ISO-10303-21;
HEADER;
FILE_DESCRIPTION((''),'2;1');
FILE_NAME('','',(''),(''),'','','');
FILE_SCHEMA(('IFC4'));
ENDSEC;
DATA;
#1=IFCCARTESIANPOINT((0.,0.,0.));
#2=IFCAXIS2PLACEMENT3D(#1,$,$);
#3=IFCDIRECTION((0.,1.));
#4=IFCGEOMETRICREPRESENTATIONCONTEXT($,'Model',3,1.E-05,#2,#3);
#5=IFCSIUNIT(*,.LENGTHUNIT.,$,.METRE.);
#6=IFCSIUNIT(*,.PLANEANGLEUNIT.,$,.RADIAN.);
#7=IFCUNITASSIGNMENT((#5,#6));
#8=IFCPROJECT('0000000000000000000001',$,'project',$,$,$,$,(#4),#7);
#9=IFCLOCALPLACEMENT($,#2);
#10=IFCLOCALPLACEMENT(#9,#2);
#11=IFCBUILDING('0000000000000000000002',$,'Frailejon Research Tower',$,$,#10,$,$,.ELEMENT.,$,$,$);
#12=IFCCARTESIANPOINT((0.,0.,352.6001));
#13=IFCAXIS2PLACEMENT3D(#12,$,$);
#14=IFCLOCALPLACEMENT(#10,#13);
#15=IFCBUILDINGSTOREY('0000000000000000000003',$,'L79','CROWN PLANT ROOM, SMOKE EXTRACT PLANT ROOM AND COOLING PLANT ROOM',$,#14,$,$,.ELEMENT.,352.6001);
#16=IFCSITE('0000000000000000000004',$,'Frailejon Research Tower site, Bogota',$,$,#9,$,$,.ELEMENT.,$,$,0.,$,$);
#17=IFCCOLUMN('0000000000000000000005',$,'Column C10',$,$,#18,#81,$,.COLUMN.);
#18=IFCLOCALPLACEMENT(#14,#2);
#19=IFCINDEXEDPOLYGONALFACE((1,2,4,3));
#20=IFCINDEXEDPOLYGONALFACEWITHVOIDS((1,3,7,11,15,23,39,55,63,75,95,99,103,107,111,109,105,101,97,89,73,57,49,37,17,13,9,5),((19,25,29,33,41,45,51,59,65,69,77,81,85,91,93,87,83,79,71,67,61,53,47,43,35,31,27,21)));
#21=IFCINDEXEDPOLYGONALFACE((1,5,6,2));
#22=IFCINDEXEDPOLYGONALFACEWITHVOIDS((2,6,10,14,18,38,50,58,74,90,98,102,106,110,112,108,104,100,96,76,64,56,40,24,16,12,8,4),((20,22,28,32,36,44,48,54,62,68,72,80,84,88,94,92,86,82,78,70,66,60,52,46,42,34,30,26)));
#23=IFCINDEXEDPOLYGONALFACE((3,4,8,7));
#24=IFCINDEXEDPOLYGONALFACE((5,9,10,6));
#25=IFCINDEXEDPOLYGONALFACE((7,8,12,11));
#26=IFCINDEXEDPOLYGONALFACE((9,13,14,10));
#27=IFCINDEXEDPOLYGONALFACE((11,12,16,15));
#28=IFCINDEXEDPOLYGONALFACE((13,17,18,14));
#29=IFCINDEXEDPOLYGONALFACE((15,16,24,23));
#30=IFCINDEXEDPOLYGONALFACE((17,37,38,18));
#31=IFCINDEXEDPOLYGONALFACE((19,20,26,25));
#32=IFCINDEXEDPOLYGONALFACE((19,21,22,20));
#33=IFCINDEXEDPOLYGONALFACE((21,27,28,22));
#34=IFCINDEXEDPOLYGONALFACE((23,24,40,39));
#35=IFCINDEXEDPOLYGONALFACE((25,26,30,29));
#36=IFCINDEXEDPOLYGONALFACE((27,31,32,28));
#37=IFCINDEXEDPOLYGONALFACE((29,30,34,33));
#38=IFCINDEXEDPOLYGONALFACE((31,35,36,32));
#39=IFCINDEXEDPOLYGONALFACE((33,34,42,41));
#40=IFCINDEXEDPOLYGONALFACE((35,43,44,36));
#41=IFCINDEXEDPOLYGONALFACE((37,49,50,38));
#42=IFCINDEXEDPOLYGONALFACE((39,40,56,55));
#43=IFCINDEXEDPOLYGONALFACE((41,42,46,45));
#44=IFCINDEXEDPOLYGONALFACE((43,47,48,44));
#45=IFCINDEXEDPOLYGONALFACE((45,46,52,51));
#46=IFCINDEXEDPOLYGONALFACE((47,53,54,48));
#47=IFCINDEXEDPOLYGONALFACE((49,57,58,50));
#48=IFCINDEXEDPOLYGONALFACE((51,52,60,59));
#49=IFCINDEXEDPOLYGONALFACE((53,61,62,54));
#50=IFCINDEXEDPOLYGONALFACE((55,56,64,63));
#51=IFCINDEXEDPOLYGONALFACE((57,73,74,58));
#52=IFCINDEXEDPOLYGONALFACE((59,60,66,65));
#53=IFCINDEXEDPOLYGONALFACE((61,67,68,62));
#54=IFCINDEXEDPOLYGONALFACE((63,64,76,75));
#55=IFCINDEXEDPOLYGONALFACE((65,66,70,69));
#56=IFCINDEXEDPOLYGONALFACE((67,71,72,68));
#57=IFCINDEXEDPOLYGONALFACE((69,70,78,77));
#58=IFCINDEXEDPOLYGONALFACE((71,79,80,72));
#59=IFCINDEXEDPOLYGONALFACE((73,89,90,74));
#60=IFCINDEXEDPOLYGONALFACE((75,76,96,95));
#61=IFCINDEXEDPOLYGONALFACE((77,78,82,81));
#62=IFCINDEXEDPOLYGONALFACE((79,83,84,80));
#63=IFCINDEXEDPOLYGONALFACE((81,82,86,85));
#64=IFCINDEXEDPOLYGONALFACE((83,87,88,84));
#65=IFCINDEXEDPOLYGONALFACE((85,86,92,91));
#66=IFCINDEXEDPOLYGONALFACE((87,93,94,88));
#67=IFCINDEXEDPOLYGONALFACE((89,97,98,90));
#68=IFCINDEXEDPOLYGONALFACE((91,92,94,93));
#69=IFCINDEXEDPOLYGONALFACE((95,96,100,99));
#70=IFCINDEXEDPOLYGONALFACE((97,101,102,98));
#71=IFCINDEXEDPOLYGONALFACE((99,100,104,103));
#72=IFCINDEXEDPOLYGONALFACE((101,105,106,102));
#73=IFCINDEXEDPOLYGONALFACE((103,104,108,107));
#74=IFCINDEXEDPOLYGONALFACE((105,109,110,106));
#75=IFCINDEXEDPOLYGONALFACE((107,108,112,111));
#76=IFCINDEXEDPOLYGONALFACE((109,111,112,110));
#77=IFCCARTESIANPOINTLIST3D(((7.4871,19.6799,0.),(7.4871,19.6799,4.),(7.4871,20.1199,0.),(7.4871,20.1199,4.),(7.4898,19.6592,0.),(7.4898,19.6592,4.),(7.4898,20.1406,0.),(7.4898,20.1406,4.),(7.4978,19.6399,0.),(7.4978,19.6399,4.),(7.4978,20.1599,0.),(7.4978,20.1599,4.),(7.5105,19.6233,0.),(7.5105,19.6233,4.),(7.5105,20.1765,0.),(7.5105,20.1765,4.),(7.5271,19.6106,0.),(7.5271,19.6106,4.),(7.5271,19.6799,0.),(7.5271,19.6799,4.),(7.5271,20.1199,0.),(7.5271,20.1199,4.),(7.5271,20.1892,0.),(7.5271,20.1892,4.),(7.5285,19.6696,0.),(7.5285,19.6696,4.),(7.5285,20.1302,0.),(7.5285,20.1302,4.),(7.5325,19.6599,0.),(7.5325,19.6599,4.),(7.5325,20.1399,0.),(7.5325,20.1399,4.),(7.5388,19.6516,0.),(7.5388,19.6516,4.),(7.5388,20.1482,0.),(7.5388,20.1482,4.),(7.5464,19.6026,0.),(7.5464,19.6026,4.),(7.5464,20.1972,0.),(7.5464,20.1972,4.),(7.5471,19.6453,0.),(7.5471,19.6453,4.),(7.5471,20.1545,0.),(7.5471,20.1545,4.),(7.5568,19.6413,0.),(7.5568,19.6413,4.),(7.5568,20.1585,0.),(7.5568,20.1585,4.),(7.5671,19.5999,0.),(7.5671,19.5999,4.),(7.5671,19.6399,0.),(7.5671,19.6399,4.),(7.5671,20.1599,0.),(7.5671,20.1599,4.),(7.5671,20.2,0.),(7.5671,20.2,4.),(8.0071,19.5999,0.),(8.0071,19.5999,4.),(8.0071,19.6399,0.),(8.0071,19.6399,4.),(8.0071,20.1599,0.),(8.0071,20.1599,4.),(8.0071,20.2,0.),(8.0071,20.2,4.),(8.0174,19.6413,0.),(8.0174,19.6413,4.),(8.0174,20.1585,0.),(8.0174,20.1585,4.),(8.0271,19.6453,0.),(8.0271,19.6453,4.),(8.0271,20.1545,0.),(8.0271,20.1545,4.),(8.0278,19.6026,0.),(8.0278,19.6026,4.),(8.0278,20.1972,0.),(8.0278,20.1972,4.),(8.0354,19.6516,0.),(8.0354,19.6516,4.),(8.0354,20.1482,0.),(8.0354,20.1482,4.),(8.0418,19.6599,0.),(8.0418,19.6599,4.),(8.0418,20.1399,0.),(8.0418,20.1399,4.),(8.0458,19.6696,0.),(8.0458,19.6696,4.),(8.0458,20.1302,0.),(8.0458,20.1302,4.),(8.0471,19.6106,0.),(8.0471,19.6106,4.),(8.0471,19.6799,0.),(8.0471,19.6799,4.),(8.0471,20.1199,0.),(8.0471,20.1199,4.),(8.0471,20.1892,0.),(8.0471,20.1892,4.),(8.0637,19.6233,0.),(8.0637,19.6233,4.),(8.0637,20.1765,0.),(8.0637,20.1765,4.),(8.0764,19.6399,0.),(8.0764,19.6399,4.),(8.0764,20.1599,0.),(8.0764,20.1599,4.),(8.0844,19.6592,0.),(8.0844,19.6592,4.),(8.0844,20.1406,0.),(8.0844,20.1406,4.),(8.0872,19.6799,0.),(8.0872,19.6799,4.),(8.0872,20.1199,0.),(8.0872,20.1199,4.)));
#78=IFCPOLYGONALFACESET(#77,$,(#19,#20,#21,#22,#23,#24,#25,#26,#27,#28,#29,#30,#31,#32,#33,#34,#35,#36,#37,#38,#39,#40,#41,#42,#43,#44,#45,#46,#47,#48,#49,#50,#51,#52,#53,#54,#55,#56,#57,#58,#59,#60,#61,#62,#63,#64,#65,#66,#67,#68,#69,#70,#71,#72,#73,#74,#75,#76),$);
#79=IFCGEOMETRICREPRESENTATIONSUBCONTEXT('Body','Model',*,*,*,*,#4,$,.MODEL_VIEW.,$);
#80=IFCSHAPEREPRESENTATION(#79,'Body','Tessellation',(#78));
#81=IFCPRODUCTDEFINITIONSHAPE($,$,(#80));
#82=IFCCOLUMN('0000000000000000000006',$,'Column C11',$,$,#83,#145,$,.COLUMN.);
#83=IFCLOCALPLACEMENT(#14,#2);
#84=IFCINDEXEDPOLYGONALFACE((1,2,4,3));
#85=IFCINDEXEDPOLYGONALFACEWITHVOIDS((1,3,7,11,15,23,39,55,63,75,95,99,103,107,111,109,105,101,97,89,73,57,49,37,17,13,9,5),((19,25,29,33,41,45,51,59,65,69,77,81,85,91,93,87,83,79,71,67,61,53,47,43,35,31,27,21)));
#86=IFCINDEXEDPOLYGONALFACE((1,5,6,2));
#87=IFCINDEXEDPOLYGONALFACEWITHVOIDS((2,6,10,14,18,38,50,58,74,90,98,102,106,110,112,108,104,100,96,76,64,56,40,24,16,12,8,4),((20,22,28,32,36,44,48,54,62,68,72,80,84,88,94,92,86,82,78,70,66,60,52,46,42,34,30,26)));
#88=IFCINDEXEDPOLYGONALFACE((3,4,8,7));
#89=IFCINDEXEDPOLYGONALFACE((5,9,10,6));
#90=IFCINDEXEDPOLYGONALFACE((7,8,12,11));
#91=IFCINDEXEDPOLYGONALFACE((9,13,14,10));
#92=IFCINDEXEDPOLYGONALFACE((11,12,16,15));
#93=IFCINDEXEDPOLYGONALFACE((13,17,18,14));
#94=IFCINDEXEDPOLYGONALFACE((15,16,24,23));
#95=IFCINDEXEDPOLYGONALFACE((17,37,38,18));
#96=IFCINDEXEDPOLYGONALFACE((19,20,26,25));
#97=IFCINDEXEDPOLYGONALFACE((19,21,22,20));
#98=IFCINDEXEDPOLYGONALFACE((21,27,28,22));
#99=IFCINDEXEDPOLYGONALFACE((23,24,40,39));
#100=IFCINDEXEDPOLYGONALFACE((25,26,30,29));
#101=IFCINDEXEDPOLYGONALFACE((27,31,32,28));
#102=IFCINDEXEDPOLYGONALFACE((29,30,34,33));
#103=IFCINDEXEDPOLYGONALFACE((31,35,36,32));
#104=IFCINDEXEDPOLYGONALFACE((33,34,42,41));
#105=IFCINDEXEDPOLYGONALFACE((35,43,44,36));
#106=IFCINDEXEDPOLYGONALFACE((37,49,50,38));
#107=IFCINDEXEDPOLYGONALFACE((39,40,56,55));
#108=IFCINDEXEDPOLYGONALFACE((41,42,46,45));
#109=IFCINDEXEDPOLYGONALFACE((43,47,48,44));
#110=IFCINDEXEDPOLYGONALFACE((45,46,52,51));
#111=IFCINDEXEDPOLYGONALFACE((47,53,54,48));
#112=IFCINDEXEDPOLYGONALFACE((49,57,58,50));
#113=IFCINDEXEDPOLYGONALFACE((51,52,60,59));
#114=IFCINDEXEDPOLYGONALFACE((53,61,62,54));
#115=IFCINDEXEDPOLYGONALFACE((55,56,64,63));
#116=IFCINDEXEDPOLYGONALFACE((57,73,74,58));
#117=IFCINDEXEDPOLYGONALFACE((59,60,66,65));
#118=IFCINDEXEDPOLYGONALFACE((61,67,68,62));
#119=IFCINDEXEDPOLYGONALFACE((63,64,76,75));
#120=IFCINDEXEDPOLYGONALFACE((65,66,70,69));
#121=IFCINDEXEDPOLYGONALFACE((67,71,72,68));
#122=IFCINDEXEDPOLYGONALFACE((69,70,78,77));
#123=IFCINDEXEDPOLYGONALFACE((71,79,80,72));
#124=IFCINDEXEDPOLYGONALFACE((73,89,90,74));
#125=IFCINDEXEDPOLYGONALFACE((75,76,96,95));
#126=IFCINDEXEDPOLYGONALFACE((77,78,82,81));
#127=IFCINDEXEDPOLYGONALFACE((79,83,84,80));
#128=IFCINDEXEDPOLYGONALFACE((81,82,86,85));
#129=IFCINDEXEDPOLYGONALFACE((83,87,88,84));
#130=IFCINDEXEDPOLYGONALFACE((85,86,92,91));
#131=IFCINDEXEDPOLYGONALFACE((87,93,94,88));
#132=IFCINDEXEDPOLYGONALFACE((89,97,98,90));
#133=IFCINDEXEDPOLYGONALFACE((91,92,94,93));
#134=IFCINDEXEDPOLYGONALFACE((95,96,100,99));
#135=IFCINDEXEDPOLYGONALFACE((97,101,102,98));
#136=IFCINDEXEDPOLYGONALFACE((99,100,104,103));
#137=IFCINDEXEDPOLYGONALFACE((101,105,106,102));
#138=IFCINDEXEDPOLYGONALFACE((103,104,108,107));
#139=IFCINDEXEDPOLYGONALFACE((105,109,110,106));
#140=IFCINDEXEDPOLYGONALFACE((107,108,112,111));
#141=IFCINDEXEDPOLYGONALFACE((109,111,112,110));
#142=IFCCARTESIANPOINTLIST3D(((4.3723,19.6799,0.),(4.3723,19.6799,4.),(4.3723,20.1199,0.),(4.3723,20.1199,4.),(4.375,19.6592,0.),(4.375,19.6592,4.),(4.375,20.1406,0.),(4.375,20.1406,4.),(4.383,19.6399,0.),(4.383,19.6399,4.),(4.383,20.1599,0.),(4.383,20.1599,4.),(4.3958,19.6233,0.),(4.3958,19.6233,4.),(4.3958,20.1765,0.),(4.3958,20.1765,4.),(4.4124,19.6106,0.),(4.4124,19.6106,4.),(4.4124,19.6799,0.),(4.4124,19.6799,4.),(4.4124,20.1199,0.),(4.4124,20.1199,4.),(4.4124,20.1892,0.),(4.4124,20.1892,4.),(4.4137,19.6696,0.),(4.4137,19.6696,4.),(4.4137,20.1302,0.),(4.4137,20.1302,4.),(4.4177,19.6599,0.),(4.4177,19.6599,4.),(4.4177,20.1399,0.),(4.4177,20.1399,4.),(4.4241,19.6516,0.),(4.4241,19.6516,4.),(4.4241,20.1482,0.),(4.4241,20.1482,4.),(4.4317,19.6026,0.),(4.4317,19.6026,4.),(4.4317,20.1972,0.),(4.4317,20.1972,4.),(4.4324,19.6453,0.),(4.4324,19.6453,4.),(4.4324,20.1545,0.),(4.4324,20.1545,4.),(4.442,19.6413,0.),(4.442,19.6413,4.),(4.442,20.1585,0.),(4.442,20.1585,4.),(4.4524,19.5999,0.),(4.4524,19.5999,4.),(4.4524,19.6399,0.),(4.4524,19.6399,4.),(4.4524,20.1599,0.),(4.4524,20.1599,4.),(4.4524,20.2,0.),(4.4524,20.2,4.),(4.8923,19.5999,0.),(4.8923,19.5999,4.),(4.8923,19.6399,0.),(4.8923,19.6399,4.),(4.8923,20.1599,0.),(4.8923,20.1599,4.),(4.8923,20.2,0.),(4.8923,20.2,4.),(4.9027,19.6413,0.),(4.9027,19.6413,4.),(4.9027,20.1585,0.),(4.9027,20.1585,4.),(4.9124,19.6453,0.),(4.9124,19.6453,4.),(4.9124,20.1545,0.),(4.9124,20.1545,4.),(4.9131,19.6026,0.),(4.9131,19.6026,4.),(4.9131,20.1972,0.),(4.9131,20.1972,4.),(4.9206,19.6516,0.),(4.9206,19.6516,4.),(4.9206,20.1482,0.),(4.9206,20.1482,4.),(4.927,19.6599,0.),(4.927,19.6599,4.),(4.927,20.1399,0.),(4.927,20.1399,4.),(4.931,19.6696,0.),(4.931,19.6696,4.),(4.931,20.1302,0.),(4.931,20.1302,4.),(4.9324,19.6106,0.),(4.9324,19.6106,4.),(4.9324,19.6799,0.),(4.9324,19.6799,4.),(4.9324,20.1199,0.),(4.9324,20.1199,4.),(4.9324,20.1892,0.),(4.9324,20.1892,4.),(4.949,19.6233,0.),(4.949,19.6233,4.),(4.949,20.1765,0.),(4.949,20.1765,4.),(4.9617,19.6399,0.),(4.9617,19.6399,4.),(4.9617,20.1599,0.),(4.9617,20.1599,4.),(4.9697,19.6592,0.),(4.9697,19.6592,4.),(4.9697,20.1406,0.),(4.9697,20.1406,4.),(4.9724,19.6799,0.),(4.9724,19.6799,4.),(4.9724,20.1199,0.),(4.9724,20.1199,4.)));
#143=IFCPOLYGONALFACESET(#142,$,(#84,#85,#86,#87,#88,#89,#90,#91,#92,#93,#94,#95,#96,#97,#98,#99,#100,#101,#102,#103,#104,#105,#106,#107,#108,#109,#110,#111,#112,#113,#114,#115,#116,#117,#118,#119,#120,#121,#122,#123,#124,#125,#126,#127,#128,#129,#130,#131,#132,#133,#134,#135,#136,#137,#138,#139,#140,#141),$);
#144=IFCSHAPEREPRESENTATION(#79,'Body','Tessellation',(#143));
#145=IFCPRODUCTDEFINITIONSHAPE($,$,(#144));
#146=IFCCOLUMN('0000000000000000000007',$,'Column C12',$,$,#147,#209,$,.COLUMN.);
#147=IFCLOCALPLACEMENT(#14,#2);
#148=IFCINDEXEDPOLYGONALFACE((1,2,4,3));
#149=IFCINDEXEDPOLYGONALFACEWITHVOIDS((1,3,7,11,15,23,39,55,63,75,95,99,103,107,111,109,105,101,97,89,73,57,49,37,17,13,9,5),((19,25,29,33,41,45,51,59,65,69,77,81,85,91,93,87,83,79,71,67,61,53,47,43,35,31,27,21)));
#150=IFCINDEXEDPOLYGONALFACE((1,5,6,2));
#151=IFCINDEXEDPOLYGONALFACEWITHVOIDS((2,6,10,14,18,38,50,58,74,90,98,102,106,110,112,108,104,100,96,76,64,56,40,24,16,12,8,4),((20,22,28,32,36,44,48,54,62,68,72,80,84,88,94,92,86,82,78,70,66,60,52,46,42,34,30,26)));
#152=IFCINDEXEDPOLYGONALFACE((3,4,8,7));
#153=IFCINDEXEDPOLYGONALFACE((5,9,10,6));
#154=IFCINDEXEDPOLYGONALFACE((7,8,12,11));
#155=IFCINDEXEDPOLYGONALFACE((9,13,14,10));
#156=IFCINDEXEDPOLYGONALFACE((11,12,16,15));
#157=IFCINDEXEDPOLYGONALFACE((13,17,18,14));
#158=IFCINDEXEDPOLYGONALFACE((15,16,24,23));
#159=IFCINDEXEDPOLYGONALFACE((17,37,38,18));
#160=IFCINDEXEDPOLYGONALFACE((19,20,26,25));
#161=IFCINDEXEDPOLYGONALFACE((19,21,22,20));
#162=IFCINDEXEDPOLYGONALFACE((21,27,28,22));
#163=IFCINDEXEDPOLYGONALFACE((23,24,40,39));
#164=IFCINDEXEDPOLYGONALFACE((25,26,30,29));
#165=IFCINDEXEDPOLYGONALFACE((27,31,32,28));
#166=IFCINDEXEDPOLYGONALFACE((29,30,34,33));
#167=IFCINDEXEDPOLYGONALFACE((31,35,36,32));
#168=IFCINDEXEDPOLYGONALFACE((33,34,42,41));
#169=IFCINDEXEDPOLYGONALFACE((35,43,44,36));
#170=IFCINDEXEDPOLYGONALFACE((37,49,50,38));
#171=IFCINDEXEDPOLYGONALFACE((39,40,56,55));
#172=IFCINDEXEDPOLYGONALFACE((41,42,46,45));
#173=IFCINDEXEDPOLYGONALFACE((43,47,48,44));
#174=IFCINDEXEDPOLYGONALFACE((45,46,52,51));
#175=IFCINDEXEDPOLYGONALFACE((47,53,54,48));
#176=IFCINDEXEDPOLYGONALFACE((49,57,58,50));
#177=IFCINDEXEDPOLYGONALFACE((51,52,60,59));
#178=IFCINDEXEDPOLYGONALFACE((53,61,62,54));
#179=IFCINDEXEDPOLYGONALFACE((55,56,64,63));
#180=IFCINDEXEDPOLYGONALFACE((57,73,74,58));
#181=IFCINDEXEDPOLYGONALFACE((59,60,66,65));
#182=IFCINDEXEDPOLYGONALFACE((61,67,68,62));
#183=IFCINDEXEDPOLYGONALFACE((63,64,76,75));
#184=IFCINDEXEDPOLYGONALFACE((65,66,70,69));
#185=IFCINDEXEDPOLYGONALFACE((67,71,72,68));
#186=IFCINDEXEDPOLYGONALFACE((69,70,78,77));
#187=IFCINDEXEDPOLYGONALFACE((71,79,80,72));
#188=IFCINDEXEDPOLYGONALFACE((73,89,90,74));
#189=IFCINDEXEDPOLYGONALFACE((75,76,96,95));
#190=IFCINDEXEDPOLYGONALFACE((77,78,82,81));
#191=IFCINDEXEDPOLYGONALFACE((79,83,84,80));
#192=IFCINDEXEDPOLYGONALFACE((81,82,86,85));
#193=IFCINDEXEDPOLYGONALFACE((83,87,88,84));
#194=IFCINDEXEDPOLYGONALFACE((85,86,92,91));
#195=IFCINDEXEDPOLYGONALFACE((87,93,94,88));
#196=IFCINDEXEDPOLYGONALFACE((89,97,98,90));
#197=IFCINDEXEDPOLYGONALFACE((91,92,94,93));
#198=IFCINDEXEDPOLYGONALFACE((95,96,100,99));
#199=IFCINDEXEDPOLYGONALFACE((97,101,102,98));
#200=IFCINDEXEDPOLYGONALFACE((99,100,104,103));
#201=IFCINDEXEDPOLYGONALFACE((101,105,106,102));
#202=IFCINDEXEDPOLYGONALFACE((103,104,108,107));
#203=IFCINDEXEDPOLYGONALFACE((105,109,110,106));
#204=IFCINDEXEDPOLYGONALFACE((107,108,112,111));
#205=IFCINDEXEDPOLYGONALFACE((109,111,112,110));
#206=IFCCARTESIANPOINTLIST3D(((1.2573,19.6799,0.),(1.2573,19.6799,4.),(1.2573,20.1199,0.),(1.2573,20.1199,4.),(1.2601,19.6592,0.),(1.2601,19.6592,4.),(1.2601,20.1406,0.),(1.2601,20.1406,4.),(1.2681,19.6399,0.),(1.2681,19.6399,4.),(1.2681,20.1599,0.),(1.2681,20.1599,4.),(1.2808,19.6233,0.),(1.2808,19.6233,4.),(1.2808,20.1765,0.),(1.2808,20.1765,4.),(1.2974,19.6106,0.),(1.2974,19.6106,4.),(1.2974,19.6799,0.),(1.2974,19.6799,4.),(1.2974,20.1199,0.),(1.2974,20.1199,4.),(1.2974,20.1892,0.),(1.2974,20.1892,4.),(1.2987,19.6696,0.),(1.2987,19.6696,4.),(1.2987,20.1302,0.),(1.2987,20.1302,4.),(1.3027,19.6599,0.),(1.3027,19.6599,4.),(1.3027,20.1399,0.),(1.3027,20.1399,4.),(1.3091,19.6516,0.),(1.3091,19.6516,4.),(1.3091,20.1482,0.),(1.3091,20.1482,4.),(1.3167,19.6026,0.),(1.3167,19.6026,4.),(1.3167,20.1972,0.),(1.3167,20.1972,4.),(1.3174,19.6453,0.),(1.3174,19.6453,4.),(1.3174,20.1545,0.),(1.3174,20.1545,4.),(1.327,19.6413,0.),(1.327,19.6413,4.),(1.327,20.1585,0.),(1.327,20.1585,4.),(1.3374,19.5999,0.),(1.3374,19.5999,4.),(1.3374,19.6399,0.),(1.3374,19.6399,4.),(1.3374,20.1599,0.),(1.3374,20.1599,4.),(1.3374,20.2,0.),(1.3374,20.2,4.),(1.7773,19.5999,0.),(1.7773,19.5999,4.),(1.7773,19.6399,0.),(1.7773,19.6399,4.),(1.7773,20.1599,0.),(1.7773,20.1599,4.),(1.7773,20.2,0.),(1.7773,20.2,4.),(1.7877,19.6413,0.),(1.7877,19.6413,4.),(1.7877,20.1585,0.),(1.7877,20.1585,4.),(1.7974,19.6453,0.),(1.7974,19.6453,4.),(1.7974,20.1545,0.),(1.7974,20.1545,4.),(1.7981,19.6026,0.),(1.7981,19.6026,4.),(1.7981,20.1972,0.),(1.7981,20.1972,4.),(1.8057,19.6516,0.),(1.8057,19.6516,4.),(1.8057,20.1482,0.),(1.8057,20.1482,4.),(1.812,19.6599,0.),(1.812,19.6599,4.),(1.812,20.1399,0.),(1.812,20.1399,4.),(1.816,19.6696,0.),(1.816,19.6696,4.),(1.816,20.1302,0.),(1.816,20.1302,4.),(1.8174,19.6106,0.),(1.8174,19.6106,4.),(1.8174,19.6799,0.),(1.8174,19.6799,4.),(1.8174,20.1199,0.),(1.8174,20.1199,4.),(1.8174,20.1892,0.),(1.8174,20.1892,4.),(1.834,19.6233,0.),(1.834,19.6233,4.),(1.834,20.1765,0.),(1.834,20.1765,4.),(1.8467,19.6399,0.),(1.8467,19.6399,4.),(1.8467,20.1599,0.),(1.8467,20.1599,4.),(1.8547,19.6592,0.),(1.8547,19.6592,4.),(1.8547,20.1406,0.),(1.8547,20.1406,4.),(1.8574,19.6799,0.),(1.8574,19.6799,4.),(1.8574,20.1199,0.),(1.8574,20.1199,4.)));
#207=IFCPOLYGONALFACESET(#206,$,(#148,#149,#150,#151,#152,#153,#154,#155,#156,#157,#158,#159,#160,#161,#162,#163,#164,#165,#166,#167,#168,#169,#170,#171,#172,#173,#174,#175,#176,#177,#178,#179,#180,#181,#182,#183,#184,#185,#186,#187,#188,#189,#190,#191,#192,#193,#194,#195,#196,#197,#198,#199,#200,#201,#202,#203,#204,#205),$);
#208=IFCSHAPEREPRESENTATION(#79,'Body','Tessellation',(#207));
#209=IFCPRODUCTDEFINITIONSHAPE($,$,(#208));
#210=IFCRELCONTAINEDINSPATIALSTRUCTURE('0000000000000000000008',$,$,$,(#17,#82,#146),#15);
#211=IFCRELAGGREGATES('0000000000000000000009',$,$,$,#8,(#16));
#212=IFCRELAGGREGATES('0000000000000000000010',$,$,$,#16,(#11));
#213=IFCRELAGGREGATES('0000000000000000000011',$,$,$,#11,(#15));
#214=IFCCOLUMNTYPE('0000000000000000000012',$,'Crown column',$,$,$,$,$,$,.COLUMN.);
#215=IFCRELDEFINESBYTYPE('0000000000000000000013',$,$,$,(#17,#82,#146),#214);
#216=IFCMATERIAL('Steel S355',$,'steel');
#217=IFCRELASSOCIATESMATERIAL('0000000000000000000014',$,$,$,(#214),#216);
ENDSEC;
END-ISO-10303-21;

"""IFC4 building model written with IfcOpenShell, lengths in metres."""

from ifc_helpers import new_model, si_unit, direction, frame, origin, origin_2d, place, context, subcontext, project, spatial, hollow_rectangle, extrude, material, material_profile, profile_set, type_object, element, save


model = new_model("IFC4")

# Units and contexts
model_context = context("Model", 3, precision=1e-05, world=origin(), true_north=direction((0.0, 1.0)))
body_context = subcontext(model_context, "Body", "Model", "MODEL_VIEW")
ifc_project = project(units=[si_unit("LENGTHUNIT", "METRE"), si_unit("PLANEANGLEUNIT", "RADIAN")], contexts=[model_context])

# Site, building, storey
site_placement = place(None, origin())
site = spatial("IfcSite", under=ifc_project, at=site_placement, Name="Frailejon Research Tower site, Bogota", CompositionType="ELEMENT", RefElevation=0.0)
building_placement = place(site_placement, origin())
building = spatial("IfcBuilding", under=site, at=building_placement, Name="Frailejon Research Tower", CompositionType="ELEMENT")
storey_placement = place(building_placement, frame((0.0, 0.0, 352.6001)))
storey = spatial("IfcBuildingStorey", under=building, at=storey_placement, Name="L79", Description="CROWN PLANT ROOM, SMOKE EXTRACT PLANT ROOM AND COOLING PLANT ROOM", CompositionType="ELEMENT", Elevation=352.6001)

# Columns
ifc_material_1 = material(Name="Steel S355", Category="steel")
ifc_material_profile_1 = material_profile(ifc_material_1, hollow_rectangle(XDim=0.6001, YDim=0.6001, WallThickness=0.04, InnerFilletRadius=0.04, OuterFilletRadius=0.0801, at=origin_2d()), Name="Crown column")
ifc_profile_set_1 = profile_set([ifc_material_profile_1], Name="Steel S355")
column_type = type_object("IfcColumnType", Name="Crown column", PredefinedType="COLUMN", material=ifc_profile_set_1)
for number, where, z_axis, x_axis, name in (
    (1, (7.7871, 19.8999, 0.0), (0.0, 0.0, 1.0), (-1.0, 0.0, 0.0), "Column C10"),
    (2, (4.6724, 19.8999, 0.0), (0.0, 0.0, 1.0), (-1.0, 0.0, 0.0), "Column C11"),
    (3, (1.5574, 19.8999, 0.0), (0.0, 0.0, 1.0), (-1.0, 0.0, 0.0), "Column C12"),
):
    element("IfcColumn", number, at=place(storey_placement, frame(where, z_axis=z_axis, x_axis=x_axis)), inside=storey, type_object=column_type, Name=name, PredefinedType="COLUMN", context=body_context, shape_type="SweptSolid", body=[
        extrude(hollow_rectangle(XDim=0.6001, YDim=0.6001, WallThickness=0.04, InnerFilletRadius=0.04, OuterFilletRadius=0.0801, at=origin_2d()), origin(), (0.0, 0.0, 1.0), 4.0),
    ])

save(model, "model.ifc")
